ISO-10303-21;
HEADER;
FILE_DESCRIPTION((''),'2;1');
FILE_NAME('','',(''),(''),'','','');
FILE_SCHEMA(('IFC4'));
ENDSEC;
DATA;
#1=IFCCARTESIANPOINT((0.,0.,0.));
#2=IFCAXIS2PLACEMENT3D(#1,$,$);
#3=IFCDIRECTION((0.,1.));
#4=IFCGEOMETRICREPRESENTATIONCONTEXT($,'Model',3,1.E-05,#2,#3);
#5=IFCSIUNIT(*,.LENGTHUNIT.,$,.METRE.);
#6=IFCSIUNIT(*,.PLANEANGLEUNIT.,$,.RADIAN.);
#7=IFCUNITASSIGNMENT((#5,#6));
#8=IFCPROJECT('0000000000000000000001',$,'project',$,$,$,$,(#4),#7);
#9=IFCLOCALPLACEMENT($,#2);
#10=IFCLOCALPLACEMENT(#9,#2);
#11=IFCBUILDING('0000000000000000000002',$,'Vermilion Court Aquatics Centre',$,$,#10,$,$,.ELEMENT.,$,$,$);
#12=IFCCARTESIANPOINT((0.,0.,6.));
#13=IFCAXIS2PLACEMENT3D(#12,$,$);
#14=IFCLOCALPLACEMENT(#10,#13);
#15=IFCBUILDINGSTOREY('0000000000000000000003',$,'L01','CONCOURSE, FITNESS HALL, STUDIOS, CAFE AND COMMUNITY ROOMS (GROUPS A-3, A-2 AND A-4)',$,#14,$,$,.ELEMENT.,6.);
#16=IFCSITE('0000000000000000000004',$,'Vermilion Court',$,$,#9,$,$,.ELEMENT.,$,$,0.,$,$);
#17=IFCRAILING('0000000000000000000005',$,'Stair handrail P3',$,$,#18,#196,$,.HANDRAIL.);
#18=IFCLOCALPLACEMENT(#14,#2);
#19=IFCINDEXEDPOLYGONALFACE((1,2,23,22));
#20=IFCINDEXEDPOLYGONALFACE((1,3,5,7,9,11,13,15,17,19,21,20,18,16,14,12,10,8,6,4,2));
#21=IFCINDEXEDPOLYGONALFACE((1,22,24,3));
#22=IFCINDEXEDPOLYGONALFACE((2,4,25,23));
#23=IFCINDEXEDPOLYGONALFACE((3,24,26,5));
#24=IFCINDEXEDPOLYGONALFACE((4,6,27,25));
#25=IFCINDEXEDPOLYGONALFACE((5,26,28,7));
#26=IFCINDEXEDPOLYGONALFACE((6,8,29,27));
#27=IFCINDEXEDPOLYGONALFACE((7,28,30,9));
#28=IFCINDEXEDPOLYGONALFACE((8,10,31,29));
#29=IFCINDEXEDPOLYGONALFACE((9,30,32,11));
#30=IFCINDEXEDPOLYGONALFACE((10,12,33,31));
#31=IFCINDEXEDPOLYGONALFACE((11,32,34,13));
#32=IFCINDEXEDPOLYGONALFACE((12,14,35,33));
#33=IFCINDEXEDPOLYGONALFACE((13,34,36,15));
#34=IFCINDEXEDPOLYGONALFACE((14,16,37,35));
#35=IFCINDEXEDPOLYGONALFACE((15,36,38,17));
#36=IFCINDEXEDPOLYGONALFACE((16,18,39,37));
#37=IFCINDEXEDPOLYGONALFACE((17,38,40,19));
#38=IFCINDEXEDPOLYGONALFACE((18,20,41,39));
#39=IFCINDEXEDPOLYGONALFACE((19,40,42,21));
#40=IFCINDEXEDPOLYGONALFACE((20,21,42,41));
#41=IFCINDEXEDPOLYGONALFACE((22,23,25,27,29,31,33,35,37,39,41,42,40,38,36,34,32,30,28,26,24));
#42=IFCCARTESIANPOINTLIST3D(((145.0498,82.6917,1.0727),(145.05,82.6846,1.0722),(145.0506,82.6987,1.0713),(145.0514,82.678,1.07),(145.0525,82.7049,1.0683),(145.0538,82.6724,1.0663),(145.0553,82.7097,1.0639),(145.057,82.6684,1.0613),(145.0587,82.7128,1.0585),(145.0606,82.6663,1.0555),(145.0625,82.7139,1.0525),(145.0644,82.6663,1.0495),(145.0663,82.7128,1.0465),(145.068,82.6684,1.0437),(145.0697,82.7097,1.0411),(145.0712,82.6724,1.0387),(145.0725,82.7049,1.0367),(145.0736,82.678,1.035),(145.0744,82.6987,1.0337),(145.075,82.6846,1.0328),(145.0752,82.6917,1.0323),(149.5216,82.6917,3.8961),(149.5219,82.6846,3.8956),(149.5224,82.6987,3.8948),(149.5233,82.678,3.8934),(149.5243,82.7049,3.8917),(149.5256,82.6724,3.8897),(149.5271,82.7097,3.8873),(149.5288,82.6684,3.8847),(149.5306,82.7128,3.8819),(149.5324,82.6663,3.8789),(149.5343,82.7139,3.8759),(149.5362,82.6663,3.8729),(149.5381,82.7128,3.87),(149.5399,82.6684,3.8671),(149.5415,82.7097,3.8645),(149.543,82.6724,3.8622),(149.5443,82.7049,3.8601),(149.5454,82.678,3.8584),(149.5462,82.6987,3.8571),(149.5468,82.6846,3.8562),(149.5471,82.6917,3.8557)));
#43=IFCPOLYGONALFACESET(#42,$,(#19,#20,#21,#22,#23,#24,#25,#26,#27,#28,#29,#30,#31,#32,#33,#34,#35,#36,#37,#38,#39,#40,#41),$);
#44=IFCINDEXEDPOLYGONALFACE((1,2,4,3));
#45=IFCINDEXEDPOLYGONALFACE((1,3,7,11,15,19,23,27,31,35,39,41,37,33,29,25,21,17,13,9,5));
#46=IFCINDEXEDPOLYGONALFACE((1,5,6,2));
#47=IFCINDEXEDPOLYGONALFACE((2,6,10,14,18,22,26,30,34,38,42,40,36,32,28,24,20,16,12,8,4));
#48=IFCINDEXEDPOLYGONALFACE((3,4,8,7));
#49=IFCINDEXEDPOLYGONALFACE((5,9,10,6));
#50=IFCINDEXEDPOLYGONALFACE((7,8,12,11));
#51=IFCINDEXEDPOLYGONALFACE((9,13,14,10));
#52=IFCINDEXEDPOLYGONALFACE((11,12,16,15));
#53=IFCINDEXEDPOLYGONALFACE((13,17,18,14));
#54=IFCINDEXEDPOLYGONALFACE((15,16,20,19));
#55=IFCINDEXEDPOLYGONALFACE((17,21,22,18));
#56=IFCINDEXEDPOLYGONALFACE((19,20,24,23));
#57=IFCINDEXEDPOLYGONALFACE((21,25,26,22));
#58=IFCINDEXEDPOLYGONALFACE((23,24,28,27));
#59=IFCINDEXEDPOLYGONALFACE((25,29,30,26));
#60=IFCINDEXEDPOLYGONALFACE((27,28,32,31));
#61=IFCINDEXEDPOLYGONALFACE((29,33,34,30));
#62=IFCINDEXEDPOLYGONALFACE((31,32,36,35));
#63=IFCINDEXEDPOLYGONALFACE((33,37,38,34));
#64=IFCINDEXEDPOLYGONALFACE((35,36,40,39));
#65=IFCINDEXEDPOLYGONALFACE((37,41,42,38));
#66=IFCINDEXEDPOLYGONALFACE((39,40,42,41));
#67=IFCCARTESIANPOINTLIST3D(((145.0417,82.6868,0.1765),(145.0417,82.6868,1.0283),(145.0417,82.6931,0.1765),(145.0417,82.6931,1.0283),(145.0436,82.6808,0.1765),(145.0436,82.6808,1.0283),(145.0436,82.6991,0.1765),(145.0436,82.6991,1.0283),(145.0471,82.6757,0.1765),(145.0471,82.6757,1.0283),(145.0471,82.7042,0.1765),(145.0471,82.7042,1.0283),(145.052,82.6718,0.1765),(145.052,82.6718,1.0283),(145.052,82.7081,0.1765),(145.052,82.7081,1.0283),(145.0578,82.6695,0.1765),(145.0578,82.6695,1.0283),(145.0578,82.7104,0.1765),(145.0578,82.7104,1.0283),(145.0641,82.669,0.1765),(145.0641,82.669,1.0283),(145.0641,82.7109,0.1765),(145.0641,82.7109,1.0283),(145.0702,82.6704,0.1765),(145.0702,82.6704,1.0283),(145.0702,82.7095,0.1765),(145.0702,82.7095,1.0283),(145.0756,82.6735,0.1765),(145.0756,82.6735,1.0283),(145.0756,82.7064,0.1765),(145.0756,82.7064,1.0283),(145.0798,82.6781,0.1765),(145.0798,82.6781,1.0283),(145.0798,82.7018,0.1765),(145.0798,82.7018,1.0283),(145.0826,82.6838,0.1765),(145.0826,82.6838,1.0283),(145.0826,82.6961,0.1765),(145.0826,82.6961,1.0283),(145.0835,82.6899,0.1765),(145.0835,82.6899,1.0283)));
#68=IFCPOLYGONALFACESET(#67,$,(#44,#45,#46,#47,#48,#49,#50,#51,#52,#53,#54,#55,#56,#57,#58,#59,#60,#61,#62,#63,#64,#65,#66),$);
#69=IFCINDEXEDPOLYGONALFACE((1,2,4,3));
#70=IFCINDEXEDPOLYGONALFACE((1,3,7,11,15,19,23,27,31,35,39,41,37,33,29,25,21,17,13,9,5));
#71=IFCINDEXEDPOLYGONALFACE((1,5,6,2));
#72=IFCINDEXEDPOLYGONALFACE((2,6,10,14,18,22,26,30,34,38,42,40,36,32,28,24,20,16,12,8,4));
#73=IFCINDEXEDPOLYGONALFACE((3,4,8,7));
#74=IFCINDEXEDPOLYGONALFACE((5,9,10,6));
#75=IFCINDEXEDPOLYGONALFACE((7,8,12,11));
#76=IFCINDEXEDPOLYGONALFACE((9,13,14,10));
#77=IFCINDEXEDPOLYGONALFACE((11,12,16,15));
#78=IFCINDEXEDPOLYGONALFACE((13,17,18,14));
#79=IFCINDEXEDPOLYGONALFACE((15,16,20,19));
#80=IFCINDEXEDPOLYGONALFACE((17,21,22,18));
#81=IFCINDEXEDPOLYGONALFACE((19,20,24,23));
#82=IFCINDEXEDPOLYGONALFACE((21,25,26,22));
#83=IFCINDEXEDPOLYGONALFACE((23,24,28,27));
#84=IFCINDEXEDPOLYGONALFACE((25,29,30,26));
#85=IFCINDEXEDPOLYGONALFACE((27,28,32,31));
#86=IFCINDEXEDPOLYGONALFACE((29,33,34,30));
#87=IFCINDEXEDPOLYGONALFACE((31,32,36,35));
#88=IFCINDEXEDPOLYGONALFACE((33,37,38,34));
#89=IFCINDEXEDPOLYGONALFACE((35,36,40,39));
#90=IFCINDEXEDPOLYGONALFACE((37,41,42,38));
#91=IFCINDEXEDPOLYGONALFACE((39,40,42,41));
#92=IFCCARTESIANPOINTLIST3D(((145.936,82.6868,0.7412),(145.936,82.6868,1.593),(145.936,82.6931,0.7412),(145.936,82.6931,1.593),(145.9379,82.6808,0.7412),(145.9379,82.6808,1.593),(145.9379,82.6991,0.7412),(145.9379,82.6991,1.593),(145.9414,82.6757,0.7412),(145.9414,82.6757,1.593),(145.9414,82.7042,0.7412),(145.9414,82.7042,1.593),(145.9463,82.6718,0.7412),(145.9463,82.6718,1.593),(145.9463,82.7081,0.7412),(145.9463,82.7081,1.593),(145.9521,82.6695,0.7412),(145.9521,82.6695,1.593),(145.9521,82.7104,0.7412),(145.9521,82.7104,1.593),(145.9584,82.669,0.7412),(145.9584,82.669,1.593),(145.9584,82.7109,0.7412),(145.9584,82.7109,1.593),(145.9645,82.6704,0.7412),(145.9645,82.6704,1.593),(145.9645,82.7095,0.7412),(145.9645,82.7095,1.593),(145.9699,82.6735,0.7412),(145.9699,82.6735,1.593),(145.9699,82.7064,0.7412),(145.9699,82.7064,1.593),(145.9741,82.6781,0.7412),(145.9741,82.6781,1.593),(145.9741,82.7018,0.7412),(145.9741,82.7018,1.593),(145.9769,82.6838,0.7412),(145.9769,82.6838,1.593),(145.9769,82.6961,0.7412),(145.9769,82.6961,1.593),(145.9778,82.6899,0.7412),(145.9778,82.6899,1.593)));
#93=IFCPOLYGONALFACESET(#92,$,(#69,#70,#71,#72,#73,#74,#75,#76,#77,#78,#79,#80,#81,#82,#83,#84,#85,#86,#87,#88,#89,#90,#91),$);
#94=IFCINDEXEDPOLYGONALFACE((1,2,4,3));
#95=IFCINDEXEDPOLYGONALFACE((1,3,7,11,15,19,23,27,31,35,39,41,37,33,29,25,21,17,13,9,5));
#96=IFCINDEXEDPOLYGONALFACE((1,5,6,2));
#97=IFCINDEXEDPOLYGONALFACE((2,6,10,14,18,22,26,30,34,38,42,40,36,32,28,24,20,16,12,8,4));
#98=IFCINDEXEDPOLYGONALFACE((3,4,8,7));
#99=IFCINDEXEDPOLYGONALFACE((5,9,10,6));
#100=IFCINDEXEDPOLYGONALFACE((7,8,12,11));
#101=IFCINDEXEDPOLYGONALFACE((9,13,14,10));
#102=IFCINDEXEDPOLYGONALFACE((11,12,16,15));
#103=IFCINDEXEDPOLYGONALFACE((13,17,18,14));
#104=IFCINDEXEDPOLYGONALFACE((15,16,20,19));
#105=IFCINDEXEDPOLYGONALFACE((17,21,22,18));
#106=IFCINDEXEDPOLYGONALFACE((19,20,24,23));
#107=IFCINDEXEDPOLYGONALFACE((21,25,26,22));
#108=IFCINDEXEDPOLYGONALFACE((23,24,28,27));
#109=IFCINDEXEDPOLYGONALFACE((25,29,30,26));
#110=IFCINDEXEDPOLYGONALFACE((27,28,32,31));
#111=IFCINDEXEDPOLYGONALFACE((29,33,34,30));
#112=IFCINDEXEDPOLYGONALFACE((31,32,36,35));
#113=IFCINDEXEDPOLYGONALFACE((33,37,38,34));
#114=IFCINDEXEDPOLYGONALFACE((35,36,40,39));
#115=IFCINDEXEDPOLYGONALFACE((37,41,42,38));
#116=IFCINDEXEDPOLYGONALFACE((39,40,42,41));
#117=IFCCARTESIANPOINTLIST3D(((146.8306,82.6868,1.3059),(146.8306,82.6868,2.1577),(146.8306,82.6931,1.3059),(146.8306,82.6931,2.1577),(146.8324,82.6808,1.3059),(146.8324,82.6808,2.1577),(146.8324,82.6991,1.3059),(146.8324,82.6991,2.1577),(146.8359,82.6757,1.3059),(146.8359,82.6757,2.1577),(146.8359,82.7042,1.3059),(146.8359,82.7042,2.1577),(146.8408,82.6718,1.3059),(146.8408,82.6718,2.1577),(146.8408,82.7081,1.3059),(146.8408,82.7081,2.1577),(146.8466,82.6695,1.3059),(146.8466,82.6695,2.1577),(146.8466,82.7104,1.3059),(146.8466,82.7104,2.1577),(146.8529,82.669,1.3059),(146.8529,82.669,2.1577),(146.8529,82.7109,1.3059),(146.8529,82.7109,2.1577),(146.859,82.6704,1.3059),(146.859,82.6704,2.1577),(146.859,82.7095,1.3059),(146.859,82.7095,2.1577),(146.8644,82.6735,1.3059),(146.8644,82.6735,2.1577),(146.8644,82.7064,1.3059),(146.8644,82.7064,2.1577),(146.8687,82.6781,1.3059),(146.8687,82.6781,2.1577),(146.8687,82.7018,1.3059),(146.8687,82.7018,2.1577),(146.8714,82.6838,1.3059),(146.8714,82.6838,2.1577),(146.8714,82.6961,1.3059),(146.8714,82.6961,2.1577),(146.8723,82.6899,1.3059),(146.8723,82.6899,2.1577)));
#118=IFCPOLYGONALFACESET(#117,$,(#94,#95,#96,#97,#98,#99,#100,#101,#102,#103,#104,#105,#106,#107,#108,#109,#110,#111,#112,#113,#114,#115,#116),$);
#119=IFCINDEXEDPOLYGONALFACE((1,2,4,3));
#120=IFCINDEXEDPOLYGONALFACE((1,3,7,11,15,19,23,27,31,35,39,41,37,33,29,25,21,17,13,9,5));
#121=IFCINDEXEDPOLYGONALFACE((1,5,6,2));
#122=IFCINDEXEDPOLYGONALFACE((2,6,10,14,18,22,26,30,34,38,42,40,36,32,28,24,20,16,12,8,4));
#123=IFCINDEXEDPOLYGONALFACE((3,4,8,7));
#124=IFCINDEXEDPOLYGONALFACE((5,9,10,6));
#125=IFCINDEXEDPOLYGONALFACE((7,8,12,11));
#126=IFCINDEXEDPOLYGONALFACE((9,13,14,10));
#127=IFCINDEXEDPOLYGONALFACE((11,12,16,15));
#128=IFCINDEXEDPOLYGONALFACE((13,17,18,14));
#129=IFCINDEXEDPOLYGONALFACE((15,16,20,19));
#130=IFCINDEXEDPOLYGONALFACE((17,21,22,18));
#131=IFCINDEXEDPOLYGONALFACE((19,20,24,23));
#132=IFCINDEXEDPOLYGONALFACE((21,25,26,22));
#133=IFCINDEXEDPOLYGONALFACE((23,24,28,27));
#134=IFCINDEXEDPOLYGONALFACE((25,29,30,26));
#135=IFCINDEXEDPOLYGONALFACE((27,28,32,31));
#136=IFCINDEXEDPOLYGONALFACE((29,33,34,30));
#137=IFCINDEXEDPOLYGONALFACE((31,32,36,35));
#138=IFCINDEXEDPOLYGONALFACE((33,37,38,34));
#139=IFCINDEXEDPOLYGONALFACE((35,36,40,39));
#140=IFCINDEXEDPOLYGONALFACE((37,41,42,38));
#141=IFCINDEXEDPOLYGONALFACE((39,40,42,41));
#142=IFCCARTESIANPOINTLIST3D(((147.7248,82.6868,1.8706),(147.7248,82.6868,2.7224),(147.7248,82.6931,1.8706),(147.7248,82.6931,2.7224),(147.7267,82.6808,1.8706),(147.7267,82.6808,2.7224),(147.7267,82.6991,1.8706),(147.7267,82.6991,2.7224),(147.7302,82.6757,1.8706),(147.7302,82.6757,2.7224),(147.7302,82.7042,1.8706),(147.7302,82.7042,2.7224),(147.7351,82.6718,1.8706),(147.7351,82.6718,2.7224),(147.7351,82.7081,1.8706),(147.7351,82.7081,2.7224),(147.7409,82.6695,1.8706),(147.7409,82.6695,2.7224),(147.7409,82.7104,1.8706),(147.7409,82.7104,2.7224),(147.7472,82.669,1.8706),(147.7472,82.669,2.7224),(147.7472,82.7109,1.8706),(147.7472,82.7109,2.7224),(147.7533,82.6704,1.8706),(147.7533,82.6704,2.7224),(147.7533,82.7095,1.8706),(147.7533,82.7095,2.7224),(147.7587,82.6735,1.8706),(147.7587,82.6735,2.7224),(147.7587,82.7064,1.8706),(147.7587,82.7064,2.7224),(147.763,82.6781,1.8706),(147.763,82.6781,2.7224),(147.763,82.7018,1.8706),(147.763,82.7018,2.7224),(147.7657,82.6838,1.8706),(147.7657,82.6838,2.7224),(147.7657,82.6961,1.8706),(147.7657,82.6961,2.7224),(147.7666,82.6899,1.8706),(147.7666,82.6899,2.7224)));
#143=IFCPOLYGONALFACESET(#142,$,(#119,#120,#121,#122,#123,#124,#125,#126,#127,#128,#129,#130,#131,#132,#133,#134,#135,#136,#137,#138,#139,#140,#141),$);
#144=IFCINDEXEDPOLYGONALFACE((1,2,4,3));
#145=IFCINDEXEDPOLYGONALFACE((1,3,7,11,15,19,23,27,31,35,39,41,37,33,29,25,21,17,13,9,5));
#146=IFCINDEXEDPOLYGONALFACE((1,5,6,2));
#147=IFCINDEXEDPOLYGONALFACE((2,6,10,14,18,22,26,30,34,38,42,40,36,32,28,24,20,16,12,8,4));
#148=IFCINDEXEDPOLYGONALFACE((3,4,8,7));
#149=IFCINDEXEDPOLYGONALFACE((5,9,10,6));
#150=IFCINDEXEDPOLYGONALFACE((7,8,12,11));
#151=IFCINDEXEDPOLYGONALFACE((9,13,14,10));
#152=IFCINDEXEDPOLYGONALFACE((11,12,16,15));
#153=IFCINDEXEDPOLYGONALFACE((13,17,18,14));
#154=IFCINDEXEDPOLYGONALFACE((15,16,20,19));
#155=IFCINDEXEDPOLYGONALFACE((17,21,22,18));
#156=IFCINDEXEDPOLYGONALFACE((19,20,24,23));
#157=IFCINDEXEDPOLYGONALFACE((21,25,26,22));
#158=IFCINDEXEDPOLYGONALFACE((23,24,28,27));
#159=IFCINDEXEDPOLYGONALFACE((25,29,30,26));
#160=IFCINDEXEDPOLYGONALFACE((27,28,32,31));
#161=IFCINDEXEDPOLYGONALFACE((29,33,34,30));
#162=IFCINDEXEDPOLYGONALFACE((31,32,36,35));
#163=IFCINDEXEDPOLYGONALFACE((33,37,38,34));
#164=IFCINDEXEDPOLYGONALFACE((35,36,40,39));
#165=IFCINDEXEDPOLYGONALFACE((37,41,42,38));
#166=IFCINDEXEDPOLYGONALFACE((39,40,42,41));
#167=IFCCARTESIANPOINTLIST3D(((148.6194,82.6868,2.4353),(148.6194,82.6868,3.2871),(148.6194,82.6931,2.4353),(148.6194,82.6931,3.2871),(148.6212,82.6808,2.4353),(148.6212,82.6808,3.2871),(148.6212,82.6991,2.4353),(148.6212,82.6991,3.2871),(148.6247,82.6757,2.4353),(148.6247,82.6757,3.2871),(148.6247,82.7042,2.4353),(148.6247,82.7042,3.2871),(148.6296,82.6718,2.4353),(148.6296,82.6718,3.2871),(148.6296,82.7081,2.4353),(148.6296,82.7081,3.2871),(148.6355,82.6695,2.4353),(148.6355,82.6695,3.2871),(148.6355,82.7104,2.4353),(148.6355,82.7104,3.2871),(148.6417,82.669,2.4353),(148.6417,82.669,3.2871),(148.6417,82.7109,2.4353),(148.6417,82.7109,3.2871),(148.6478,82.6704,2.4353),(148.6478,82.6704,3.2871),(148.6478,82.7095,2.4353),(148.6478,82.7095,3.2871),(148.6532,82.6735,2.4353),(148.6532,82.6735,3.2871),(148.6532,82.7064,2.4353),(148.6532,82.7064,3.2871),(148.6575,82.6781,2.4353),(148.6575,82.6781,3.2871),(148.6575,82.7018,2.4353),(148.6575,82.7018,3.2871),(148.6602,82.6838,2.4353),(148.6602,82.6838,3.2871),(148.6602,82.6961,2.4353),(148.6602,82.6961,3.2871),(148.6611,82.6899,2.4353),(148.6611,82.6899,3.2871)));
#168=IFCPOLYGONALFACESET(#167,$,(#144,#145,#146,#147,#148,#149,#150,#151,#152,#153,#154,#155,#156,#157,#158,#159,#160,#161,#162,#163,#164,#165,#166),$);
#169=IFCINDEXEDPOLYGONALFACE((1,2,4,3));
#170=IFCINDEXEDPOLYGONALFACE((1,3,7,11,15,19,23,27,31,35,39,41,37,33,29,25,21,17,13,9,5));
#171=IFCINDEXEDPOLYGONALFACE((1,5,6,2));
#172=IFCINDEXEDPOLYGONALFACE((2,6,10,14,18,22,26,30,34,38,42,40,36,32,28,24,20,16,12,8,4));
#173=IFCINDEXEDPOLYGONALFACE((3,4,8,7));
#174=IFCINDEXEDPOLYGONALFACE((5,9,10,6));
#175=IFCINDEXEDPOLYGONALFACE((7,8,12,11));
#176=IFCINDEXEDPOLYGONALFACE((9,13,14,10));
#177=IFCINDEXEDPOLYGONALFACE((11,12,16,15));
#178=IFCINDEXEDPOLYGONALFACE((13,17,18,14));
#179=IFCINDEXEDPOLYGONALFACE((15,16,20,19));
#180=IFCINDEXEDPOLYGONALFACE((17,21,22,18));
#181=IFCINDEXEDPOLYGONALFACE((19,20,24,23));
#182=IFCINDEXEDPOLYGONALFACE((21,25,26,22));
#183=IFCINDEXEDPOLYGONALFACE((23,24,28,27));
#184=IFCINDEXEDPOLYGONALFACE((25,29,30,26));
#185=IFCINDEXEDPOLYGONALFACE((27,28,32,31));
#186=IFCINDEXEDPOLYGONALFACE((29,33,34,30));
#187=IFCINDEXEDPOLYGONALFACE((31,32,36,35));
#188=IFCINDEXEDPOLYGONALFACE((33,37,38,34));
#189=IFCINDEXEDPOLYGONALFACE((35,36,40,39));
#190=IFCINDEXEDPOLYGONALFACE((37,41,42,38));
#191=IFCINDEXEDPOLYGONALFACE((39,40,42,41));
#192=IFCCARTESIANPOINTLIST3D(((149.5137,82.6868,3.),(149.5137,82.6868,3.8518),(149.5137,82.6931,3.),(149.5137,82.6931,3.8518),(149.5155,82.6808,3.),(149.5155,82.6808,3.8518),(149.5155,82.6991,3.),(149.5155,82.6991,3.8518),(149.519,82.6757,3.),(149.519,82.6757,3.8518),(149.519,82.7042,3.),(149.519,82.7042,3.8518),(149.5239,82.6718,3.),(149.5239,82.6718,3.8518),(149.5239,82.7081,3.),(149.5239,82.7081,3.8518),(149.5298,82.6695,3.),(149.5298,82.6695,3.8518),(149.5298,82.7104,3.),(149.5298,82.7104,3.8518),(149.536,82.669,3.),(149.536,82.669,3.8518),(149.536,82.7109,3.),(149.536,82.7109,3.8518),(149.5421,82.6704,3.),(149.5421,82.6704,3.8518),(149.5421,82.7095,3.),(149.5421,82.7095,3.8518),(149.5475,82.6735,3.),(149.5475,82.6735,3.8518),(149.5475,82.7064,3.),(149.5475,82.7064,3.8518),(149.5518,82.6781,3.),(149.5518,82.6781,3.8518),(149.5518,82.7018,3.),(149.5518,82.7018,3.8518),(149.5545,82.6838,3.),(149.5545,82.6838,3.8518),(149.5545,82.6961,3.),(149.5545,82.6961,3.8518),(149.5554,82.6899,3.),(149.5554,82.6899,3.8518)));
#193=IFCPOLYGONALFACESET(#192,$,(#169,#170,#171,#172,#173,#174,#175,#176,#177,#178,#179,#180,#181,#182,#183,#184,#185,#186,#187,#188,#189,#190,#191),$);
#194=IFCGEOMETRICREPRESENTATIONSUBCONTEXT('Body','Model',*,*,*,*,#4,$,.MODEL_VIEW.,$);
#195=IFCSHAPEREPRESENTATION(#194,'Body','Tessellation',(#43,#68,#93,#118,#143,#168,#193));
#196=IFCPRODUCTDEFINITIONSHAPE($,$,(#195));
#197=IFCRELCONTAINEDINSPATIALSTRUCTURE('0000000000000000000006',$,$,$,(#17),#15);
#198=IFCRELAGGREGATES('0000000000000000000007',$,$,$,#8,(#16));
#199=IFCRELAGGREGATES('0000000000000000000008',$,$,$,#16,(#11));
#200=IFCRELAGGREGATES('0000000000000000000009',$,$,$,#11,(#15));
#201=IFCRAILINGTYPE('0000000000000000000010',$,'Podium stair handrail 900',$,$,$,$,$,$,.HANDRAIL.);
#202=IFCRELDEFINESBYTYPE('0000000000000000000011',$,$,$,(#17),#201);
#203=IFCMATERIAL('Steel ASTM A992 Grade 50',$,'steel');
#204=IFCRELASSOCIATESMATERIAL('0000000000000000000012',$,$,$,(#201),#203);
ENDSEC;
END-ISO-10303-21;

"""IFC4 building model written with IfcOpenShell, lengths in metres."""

from ifc_helpers import new_model, si_unit, direction, frame, origin, origin_2d, place, context, subcontext, project, spatial, circle, extrude, material, type_object, element, save


model = new_model("IFC4")

# Units and contexts
model_context = context("Model", 3, precision=1e-05, world=origin(), true_north=direction((0.0, 1.0)))
body_context = subcontext(model_context, "Body", "Model", "MODEL_VIEW")
ifc_project = project(units=[si_unit("LENGTHUNIT", "METRE"), si_unit("PLANEANGLEUNIT", "RADIAN")], contexts=[model_context])

# Site, building, storey
site_placement = place(None, origin())
site = spatial("IfcSite", under=ifc_project, at=site_placement, Name="Vermilion Court", CompositionType="ELEMENT", RefElevation=0.0)
building_placement = place(site_placement, origin())
building = spatial("IfcBuilding", under=site, at=building_placement, Name="Vermilion Court Aquatics Centre", CompositionType="ELEMENT")
storey_placement = place(building_placement, frame((0.0, 0.0, 6.0)))
storey = spatial("IfcBuildingStorey", under=building, at=storey_placement, Name="L01", Description="CONCOURSE, FITNESS HALL, STUDIOS, CAFE AND COMMUNITY ROOMS (GROUPS A-3, A-2 AND A-4)", CompositionType="ELEMENT", Elevation=6.0)

# Railing
ifc_material_1 = material(Name="Steel ASTM A992 Grade 50", Category="steel")
railing_type_1 = type_object("IfcRailingType", Name="Podium stair handrail 900", PredefinedType="HANDRAIL", material=ifc_material_1)
for number, where, name in (
    (1, (145.0625, 82.6899, 0.1765), "Stair handrail P3"),
):
    element("IfcRailing", number, at=place(storey_placement, frame(where)), inside=storey, type_object=railing_type_1, Name=name, PredefinedType="HANDRAIL", context=body_context, shape_type="SweptSolid", body=[
        extrude(circle(Radius=0.0239, at=origin_2d()), frame((0.0, 0.0, 0.876), z_axis=(0.845565, 0.0, 0.533873), x_axis=(0.0, 1.0, 0.0)), (0.0, 0.0, 1.0), 5.2886),
        extrude(circle(Radius=0.021, at=origin_2d()), origin(), (0.0, 0.0, 1.0), 0.8518),
        extrude(circle(Radius=0.021, at=origin_2d()), frame((0.8943, 0.0, 0.5647)), (0.0, 0.0, 1.0), 0.8518),
        extrude(circle(Radius=0.021, at=origin_2d()), frame((1.7888, 0.0, 1.1294)), (0.0, 0.0, 1.0), 0.8518),
        extrude(circle(Radius=0.021, at=origin_2d()), frame((2.6831, 0.0, 1.6941)), (0.0, 0.0, 1.0), 0.8518),
        extrude(circle(Radius=0.021, at=origin_2d()), frame((3.5776, 0.0, 2.2588)), (0.0, 0.0, 1.0), 0.8518),
        extrude(circle(Radius=0.021, at=origin_2d()), frame((4.4719, 0.0, 2.8235)), (0.0, 0.0, 1.0), 0.8518),
    ])

save(model, "model.ifc")
